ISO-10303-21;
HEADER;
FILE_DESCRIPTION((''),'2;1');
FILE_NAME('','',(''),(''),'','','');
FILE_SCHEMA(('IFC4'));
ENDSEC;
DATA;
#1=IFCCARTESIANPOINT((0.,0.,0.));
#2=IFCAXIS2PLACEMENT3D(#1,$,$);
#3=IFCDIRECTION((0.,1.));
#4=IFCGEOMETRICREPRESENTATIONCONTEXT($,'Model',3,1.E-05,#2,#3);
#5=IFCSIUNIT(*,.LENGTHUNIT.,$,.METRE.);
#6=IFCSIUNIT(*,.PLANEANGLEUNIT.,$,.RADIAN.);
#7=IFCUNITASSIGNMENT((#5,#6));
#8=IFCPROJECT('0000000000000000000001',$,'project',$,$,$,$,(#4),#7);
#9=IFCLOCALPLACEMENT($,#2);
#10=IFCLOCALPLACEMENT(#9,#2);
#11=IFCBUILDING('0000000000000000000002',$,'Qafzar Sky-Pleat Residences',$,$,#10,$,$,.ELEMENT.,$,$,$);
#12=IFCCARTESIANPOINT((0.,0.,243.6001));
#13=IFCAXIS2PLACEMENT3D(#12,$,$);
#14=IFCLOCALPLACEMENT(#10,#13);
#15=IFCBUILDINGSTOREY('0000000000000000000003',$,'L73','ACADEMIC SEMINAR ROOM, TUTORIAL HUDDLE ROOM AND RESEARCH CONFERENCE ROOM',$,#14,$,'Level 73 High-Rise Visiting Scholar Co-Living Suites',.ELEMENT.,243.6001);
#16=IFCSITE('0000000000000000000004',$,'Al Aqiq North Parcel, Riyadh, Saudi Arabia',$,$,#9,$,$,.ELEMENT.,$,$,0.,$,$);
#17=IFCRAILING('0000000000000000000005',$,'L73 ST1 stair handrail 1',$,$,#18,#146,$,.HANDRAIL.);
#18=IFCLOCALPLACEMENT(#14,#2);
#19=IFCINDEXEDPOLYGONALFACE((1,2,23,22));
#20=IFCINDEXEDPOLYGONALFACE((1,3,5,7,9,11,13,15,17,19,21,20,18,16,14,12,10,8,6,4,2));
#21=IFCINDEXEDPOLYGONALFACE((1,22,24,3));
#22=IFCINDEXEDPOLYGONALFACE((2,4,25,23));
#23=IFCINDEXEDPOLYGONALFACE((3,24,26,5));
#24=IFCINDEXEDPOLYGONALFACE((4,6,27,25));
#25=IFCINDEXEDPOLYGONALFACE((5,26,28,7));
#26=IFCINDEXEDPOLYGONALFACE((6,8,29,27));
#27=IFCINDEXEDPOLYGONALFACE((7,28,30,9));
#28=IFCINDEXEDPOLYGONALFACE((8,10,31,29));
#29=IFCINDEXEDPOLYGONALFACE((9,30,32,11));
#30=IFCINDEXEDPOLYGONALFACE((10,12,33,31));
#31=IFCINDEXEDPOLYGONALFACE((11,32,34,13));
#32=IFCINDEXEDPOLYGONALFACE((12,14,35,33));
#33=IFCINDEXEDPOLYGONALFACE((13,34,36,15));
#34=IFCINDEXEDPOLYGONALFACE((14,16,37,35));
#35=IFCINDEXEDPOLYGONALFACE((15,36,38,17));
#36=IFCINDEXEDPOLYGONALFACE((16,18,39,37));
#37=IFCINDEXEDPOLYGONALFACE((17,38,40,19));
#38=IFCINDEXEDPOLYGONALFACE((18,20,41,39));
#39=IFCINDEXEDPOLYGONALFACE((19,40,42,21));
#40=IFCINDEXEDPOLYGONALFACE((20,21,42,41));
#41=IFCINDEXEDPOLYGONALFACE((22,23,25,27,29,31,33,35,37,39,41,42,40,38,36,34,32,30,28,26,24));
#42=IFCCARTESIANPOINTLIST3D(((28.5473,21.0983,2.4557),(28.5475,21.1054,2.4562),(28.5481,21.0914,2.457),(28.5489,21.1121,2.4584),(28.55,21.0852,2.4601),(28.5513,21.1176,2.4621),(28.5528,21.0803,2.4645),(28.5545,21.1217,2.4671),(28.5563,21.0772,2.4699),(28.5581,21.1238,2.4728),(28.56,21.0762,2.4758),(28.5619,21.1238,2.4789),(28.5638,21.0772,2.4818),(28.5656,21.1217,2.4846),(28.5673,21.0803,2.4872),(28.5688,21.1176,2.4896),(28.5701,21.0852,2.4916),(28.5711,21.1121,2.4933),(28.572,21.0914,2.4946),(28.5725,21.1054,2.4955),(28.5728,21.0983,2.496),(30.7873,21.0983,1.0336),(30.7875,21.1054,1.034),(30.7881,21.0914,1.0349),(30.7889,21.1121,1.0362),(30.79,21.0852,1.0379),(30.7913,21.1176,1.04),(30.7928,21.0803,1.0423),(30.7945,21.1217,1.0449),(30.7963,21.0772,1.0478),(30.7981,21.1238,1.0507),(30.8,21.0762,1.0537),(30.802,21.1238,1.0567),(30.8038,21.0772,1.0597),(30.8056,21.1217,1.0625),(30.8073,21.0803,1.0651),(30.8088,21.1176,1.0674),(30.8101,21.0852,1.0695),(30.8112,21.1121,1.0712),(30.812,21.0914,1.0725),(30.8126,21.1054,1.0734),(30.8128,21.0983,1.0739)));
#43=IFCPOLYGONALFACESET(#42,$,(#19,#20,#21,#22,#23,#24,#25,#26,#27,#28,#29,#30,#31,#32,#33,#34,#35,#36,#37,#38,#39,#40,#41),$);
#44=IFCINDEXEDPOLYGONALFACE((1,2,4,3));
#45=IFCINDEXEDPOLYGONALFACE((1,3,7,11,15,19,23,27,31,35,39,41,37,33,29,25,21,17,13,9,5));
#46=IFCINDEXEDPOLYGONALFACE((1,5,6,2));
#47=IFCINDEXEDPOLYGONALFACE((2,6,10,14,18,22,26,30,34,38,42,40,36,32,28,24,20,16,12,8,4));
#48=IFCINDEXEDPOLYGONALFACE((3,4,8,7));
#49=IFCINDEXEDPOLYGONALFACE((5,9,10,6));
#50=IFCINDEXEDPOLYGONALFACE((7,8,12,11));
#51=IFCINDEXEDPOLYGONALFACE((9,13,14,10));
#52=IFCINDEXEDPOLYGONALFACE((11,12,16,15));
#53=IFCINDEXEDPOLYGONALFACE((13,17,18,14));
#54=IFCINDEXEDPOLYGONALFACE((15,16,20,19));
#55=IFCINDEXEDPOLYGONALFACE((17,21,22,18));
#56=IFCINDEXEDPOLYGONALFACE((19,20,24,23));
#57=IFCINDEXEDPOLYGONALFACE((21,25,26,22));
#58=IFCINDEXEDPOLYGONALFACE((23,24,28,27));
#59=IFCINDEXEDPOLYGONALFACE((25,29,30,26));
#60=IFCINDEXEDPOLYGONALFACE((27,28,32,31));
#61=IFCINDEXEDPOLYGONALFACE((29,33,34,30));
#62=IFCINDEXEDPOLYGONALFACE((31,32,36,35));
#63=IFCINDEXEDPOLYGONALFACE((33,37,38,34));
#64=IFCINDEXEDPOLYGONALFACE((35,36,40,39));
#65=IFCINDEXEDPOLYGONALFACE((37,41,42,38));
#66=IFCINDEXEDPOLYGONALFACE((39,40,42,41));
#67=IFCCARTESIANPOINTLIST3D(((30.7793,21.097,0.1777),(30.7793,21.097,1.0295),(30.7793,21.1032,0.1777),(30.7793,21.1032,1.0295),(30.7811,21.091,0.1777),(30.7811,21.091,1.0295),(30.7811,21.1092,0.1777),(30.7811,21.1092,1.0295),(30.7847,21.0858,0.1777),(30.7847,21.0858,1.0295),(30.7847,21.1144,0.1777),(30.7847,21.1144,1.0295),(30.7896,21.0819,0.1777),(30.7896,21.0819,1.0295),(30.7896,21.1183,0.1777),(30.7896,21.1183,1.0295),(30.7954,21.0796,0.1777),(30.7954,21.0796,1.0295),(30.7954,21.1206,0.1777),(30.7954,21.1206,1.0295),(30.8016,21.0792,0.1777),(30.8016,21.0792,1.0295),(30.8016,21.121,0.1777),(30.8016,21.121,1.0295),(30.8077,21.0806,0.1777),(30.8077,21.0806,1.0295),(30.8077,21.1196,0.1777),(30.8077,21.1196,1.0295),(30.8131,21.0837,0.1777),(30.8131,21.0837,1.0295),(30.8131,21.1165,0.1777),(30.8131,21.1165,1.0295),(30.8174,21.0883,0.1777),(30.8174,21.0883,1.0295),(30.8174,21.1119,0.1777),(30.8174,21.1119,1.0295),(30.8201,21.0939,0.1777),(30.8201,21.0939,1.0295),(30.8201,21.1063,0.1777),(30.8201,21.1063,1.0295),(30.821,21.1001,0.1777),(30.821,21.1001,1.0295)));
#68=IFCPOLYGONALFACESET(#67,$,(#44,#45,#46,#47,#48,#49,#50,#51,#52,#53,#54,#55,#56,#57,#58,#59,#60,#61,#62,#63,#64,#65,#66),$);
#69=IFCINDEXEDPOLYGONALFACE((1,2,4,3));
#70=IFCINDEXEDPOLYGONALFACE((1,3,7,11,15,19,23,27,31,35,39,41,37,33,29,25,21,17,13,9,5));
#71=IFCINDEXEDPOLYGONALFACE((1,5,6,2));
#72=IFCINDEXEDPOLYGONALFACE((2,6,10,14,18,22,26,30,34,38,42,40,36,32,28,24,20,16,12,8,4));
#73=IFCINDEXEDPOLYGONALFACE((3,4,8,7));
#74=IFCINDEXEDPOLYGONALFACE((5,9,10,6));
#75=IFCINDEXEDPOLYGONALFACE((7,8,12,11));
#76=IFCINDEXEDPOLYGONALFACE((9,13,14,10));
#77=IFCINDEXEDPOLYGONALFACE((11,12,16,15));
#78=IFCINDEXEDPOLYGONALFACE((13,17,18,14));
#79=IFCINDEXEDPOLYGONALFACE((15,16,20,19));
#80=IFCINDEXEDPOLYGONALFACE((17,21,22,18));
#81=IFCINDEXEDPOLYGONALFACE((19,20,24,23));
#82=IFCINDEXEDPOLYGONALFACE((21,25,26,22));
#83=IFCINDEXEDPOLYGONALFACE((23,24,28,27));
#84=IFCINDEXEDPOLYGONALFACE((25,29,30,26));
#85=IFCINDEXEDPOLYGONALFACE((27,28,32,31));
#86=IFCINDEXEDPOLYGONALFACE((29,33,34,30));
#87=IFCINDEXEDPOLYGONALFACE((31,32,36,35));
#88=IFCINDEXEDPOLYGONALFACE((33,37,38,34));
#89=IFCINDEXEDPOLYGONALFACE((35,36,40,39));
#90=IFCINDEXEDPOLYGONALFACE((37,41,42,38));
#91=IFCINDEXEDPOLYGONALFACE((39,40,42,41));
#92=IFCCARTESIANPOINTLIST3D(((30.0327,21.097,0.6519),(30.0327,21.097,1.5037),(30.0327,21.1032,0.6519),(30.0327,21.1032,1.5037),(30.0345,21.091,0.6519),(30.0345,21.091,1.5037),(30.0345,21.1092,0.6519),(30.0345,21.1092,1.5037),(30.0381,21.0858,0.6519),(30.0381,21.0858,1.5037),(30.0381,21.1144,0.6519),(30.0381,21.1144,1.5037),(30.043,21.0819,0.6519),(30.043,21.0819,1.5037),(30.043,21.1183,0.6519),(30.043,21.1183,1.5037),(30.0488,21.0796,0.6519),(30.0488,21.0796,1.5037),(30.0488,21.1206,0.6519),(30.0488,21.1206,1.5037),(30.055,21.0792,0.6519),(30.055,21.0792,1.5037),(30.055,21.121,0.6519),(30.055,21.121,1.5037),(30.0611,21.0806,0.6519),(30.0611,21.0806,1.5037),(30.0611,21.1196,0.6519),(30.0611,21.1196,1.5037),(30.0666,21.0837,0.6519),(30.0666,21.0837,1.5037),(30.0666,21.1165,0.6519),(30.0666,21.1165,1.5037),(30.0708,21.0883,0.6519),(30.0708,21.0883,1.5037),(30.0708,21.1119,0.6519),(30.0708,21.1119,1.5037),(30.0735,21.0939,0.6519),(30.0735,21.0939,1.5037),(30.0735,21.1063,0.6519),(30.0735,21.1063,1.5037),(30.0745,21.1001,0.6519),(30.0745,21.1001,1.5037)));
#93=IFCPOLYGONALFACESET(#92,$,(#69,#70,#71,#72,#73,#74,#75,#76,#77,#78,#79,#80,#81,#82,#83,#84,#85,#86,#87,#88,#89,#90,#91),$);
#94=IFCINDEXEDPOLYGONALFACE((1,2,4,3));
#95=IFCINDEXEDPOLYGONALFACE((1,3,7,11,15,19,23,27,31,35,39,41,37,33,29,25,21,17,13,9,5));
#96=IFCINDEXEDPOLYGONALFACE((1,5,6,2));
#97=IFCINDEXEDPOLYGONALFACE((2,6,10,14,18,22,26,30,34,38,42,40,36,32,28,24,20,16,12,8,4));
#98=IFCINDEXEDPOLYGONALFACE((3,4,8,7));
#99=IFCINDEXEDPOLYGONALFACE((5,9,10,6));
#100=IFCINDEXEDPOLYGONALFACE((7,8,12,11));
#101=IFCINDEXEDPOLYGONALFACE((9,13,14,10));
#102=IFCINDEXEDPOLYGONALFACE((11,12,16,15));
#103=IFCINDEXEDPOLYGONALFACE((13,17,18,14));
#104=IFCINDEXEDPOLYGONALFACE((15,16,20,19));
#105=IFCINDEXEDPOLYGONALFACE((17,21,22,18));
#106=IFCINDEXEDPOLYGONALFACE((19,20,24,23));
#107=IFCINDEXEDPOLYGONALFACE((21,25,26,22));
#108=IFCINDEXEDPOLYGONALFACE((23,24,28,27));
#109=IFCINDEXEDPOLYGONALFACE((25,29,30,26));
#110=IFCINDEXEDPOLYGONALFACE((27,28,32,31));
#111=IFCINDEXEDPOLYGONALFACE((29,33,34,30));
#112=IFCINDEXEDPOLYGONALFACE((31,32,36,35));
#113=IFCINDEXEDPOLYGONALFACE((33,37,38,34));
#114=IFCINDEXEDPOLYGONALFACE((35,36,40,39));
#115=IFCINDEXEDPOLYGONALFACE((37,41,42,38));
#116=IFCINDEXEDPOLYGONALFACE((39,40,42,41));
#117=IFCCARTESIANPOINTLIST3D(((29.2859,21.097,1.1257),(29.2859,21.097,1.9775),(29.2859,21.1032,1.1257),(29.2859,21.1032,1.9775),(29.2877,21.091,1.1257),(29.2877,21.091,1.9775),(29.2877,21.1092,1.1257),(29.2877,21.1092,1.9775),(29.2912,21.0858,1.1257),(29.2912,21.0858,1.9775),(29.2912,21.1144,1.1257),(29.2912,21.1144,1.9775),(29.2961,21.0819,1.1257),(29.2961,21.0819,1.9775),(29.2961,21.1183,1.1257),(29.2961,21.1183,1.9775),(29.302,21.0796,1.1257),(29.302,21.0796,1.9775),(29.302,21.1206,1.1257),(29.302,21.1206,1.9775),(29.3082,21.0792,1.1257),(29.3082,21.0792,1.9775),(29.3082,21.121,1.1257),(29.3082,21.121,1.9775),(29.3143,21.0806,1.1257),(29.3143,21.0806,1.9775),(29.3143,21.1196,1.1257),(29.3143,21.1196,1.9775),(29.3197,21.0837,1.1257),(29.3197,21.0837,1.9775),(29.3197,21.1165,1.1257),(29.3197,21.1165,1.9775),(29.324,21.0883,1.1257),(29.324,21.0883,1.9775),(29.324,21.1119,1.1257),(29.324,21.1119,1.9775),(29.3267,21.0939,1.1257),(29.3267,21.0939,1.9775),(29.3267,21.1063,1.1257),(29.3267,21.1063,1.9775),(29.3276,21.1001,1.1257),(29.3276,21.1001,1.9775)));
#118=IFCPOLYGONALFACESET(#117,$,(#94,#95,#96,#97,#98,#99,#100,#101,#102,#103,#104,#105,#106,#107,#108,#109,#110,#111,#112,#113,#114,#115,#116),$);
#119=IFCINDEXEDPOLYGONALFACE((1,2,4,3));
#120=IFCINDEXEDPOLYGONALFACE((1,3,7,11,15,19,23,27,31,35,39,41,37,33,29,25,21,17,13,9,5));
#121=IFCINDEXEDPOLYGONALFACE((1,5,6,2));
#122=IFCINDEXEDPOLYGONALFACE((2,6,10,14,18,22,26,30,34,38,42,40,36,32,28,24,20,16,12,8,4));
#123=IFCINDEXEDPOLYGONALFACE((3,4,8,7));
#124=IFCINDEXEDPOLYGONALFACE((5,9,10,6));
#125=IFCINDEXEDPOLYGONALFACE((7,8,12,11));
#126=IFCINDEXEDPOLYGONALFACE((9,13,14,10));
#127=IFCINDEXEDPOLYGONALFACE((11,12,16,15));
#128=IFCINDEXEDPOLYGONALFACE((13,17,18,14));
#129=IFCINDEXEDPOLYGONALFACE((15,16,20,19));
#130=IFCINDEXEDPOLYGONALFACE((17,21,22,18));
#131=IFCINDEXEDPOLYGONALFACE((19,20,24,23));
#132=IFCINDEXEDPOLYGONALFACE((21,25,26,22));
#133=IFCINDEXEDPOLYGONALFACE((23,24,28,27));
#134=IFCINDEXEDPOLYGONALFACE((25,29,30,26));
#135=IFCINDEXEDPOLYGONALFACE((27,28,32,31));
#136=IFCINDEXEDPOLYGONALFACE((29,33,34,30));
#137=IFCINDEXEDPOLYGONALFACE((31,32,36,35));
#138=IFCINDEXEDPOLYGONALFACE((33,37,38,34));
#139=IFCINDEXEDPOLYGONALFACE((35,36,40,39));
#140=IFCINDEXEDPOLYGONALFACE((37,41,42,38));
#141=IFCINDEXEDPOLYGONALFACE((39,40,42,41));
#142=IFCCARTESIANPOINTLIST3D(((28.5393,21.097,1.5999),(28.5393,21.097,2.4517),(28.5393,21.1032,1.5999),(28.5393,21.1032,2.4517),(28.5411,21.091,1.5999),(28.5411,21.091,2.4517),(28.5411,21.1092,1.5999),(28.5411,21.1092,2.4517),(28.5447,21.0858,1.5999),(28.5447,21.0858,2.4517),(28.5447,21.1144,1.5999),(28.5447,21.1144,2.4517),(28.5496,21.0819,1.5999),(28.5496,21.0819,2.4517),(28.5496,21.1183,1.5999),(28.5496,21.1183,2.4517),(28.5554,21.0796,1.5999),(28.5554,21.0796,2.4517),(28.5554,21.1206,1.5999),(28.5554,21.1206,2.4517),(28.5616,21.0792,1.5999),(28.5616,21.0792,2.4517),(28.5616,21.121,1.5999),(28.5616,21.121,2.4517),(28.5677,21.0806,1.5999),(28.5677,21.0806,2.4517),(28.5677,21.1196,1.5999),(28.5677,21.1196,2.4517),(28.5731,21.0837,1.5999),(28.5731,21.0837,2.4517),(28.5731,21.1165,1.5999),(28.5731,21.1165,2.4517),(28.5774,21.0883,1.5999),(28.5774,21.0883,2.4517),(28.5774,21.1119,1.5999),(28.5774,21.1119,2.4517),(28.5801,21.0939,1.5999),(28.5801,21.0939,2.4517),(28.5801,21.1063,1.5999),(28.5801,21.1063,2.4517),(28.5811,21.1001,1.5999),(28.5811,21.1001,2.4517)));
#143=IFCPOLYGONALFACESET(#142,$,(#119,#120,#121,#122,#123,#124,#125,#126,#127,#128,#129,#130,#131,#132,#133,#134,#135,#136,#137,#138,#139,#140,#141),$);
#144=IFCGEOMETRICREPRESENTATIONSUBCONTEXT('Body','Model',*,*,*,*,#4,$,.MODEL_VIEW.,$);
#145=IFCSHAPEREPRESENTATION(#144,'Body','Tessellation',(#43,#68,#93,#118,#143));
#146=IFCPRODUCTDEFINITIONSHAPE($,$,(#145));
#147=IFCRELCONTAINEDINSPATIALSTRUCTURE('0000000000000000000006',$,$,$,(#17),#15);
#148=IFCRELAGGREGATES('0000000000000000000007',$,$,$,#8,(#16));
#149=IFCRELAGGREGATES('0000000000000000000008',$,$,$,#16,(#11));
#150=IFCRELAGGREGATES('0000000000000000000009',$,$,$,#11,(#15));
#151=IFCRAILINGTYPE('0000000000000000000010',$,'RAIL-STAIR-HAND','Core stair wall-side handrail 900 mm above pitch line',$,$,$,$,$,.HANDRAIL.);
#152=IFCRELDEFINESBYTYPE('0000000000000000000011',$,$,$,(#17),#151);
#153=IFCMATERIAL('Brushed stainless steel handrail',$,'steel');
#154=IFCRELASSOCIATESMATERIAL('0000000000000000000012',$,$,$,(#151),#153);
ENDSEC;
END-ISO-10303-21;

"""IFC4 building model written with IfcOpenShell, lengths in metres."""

from ifc_helpers import new_model, si_unit, direction, frame, origin, origin_2d, place, context, subcontext, project, spatial, circle, extrude, source, transform, mapped, material, type_object, element, save


model = new_model("IFC4")

# Units and contexts
model_context = context("Model", 3, precision=1e-05, world=origin(), true_north=direction((0.0, 1.0)))
body_context = subcontext(model_context, "Body", "Model", "MODEL_VIEW")
ifc_project = project(units=[si_unit("LENGTHUNIT", "METRE"), si_unit("PLANEANGLEUNIT", "RADIAN")], contexts=[model_context])

# Site, building, storey
site_placement = place(None, origin())
site = spatial("IfcSite", under=ifc_project, at=site_placement, Name="Al Aqiq North Parcel, Riyadh, Saudi Arabia", CompositionType="ELEMENT", RefElevation=0.0)
building_placement = place(site_placement, origin())
building = spatial("IfcBuilding", under=site, at=building_placement, Name="Qafzar Sky-Pleat Residences", CompositionType="ELEMENT")
storey_placement = place(building_placement, frame((0.0, 0.0, 243.6001)))
storey = spatial("IfcBuildingStorey", under=building, at=storey_placement, Name="L73", Description="ACADEMIC SEMINAR ROOM, TUTORIAL HUDDLE ROOM AND RESEARCH CONFERENCE ROOM", LongName="Level 73 High-Rise Visiting Scholar Co-Living Suites", CompositionType="ELEMENT", Elevation=243.6001)

# Railing
ifc_material_1 = material(Name="Brushed stainless steel handrail", Category="steel")
railing_type_1 = type_object("IfcRailingType", Name="RAIL-STAIR-HAND", Description="Core stair wall-side handrail 900 mm above pitch line", PredefinedType="HANDRAIL", material=ifc_material_1)
shared_shape_1 = source(origin(), body_context, "Body", "SweptSolid", [
    extrude(circle(Radius=0.0239, at=origin_2d()), frame((0.0, 0.0, 0.876), z_axis=(-0.844229, 0.0, 0.535982), x_axis=(0.0, -1.0, 0.0)), (0.0, 0.0, 1.0), 2.6533),
    extrude(circle(Radius=0.021, at=origin_2d()), origin(), (0.0, 0.0, 1.0), 0.8518),
    extrude(circle(Radius=0.021, at=origin_2d()), frame((-0.7466, 0.0, 0.4741)), (0.0, 0.0, 1.0), 0.8518),
    extrude(circle(Radius=0.021, at=origin_2d()), frame((-1.4934, 0.0, 0.948)), (0.0, 0.0, 1.0), 0.8518),
    extrude(circle(Radius=0.021, at=origin_2d()), frame((-2.24, 0.0, 1.4221)), (0.0, 0.0, 1.0), 0.8518),
])
railing_1_placement = place(storey_placement, frame((30.8, 21.1001, 0.1777)))
element("IfcRailing", 1, at=railing_1_placement, inside=storey, type_object=railing_type_1, Name="L73 ST1 stair handrail 1", PredefinedType="HANDRAIL", context=body_context, shape_type="MappedRepresentation", body=[
    mapped(shared_shape_1, transform((0.0, 0.0, 0.0), x_axis=(1.0, 0.0, 0.0), y_axis=(0.0, 1.0, 0.0), z_axis=(0.0, 0.0, 1.0), scale=1.0)),
])

save(model, "model.ifc")
